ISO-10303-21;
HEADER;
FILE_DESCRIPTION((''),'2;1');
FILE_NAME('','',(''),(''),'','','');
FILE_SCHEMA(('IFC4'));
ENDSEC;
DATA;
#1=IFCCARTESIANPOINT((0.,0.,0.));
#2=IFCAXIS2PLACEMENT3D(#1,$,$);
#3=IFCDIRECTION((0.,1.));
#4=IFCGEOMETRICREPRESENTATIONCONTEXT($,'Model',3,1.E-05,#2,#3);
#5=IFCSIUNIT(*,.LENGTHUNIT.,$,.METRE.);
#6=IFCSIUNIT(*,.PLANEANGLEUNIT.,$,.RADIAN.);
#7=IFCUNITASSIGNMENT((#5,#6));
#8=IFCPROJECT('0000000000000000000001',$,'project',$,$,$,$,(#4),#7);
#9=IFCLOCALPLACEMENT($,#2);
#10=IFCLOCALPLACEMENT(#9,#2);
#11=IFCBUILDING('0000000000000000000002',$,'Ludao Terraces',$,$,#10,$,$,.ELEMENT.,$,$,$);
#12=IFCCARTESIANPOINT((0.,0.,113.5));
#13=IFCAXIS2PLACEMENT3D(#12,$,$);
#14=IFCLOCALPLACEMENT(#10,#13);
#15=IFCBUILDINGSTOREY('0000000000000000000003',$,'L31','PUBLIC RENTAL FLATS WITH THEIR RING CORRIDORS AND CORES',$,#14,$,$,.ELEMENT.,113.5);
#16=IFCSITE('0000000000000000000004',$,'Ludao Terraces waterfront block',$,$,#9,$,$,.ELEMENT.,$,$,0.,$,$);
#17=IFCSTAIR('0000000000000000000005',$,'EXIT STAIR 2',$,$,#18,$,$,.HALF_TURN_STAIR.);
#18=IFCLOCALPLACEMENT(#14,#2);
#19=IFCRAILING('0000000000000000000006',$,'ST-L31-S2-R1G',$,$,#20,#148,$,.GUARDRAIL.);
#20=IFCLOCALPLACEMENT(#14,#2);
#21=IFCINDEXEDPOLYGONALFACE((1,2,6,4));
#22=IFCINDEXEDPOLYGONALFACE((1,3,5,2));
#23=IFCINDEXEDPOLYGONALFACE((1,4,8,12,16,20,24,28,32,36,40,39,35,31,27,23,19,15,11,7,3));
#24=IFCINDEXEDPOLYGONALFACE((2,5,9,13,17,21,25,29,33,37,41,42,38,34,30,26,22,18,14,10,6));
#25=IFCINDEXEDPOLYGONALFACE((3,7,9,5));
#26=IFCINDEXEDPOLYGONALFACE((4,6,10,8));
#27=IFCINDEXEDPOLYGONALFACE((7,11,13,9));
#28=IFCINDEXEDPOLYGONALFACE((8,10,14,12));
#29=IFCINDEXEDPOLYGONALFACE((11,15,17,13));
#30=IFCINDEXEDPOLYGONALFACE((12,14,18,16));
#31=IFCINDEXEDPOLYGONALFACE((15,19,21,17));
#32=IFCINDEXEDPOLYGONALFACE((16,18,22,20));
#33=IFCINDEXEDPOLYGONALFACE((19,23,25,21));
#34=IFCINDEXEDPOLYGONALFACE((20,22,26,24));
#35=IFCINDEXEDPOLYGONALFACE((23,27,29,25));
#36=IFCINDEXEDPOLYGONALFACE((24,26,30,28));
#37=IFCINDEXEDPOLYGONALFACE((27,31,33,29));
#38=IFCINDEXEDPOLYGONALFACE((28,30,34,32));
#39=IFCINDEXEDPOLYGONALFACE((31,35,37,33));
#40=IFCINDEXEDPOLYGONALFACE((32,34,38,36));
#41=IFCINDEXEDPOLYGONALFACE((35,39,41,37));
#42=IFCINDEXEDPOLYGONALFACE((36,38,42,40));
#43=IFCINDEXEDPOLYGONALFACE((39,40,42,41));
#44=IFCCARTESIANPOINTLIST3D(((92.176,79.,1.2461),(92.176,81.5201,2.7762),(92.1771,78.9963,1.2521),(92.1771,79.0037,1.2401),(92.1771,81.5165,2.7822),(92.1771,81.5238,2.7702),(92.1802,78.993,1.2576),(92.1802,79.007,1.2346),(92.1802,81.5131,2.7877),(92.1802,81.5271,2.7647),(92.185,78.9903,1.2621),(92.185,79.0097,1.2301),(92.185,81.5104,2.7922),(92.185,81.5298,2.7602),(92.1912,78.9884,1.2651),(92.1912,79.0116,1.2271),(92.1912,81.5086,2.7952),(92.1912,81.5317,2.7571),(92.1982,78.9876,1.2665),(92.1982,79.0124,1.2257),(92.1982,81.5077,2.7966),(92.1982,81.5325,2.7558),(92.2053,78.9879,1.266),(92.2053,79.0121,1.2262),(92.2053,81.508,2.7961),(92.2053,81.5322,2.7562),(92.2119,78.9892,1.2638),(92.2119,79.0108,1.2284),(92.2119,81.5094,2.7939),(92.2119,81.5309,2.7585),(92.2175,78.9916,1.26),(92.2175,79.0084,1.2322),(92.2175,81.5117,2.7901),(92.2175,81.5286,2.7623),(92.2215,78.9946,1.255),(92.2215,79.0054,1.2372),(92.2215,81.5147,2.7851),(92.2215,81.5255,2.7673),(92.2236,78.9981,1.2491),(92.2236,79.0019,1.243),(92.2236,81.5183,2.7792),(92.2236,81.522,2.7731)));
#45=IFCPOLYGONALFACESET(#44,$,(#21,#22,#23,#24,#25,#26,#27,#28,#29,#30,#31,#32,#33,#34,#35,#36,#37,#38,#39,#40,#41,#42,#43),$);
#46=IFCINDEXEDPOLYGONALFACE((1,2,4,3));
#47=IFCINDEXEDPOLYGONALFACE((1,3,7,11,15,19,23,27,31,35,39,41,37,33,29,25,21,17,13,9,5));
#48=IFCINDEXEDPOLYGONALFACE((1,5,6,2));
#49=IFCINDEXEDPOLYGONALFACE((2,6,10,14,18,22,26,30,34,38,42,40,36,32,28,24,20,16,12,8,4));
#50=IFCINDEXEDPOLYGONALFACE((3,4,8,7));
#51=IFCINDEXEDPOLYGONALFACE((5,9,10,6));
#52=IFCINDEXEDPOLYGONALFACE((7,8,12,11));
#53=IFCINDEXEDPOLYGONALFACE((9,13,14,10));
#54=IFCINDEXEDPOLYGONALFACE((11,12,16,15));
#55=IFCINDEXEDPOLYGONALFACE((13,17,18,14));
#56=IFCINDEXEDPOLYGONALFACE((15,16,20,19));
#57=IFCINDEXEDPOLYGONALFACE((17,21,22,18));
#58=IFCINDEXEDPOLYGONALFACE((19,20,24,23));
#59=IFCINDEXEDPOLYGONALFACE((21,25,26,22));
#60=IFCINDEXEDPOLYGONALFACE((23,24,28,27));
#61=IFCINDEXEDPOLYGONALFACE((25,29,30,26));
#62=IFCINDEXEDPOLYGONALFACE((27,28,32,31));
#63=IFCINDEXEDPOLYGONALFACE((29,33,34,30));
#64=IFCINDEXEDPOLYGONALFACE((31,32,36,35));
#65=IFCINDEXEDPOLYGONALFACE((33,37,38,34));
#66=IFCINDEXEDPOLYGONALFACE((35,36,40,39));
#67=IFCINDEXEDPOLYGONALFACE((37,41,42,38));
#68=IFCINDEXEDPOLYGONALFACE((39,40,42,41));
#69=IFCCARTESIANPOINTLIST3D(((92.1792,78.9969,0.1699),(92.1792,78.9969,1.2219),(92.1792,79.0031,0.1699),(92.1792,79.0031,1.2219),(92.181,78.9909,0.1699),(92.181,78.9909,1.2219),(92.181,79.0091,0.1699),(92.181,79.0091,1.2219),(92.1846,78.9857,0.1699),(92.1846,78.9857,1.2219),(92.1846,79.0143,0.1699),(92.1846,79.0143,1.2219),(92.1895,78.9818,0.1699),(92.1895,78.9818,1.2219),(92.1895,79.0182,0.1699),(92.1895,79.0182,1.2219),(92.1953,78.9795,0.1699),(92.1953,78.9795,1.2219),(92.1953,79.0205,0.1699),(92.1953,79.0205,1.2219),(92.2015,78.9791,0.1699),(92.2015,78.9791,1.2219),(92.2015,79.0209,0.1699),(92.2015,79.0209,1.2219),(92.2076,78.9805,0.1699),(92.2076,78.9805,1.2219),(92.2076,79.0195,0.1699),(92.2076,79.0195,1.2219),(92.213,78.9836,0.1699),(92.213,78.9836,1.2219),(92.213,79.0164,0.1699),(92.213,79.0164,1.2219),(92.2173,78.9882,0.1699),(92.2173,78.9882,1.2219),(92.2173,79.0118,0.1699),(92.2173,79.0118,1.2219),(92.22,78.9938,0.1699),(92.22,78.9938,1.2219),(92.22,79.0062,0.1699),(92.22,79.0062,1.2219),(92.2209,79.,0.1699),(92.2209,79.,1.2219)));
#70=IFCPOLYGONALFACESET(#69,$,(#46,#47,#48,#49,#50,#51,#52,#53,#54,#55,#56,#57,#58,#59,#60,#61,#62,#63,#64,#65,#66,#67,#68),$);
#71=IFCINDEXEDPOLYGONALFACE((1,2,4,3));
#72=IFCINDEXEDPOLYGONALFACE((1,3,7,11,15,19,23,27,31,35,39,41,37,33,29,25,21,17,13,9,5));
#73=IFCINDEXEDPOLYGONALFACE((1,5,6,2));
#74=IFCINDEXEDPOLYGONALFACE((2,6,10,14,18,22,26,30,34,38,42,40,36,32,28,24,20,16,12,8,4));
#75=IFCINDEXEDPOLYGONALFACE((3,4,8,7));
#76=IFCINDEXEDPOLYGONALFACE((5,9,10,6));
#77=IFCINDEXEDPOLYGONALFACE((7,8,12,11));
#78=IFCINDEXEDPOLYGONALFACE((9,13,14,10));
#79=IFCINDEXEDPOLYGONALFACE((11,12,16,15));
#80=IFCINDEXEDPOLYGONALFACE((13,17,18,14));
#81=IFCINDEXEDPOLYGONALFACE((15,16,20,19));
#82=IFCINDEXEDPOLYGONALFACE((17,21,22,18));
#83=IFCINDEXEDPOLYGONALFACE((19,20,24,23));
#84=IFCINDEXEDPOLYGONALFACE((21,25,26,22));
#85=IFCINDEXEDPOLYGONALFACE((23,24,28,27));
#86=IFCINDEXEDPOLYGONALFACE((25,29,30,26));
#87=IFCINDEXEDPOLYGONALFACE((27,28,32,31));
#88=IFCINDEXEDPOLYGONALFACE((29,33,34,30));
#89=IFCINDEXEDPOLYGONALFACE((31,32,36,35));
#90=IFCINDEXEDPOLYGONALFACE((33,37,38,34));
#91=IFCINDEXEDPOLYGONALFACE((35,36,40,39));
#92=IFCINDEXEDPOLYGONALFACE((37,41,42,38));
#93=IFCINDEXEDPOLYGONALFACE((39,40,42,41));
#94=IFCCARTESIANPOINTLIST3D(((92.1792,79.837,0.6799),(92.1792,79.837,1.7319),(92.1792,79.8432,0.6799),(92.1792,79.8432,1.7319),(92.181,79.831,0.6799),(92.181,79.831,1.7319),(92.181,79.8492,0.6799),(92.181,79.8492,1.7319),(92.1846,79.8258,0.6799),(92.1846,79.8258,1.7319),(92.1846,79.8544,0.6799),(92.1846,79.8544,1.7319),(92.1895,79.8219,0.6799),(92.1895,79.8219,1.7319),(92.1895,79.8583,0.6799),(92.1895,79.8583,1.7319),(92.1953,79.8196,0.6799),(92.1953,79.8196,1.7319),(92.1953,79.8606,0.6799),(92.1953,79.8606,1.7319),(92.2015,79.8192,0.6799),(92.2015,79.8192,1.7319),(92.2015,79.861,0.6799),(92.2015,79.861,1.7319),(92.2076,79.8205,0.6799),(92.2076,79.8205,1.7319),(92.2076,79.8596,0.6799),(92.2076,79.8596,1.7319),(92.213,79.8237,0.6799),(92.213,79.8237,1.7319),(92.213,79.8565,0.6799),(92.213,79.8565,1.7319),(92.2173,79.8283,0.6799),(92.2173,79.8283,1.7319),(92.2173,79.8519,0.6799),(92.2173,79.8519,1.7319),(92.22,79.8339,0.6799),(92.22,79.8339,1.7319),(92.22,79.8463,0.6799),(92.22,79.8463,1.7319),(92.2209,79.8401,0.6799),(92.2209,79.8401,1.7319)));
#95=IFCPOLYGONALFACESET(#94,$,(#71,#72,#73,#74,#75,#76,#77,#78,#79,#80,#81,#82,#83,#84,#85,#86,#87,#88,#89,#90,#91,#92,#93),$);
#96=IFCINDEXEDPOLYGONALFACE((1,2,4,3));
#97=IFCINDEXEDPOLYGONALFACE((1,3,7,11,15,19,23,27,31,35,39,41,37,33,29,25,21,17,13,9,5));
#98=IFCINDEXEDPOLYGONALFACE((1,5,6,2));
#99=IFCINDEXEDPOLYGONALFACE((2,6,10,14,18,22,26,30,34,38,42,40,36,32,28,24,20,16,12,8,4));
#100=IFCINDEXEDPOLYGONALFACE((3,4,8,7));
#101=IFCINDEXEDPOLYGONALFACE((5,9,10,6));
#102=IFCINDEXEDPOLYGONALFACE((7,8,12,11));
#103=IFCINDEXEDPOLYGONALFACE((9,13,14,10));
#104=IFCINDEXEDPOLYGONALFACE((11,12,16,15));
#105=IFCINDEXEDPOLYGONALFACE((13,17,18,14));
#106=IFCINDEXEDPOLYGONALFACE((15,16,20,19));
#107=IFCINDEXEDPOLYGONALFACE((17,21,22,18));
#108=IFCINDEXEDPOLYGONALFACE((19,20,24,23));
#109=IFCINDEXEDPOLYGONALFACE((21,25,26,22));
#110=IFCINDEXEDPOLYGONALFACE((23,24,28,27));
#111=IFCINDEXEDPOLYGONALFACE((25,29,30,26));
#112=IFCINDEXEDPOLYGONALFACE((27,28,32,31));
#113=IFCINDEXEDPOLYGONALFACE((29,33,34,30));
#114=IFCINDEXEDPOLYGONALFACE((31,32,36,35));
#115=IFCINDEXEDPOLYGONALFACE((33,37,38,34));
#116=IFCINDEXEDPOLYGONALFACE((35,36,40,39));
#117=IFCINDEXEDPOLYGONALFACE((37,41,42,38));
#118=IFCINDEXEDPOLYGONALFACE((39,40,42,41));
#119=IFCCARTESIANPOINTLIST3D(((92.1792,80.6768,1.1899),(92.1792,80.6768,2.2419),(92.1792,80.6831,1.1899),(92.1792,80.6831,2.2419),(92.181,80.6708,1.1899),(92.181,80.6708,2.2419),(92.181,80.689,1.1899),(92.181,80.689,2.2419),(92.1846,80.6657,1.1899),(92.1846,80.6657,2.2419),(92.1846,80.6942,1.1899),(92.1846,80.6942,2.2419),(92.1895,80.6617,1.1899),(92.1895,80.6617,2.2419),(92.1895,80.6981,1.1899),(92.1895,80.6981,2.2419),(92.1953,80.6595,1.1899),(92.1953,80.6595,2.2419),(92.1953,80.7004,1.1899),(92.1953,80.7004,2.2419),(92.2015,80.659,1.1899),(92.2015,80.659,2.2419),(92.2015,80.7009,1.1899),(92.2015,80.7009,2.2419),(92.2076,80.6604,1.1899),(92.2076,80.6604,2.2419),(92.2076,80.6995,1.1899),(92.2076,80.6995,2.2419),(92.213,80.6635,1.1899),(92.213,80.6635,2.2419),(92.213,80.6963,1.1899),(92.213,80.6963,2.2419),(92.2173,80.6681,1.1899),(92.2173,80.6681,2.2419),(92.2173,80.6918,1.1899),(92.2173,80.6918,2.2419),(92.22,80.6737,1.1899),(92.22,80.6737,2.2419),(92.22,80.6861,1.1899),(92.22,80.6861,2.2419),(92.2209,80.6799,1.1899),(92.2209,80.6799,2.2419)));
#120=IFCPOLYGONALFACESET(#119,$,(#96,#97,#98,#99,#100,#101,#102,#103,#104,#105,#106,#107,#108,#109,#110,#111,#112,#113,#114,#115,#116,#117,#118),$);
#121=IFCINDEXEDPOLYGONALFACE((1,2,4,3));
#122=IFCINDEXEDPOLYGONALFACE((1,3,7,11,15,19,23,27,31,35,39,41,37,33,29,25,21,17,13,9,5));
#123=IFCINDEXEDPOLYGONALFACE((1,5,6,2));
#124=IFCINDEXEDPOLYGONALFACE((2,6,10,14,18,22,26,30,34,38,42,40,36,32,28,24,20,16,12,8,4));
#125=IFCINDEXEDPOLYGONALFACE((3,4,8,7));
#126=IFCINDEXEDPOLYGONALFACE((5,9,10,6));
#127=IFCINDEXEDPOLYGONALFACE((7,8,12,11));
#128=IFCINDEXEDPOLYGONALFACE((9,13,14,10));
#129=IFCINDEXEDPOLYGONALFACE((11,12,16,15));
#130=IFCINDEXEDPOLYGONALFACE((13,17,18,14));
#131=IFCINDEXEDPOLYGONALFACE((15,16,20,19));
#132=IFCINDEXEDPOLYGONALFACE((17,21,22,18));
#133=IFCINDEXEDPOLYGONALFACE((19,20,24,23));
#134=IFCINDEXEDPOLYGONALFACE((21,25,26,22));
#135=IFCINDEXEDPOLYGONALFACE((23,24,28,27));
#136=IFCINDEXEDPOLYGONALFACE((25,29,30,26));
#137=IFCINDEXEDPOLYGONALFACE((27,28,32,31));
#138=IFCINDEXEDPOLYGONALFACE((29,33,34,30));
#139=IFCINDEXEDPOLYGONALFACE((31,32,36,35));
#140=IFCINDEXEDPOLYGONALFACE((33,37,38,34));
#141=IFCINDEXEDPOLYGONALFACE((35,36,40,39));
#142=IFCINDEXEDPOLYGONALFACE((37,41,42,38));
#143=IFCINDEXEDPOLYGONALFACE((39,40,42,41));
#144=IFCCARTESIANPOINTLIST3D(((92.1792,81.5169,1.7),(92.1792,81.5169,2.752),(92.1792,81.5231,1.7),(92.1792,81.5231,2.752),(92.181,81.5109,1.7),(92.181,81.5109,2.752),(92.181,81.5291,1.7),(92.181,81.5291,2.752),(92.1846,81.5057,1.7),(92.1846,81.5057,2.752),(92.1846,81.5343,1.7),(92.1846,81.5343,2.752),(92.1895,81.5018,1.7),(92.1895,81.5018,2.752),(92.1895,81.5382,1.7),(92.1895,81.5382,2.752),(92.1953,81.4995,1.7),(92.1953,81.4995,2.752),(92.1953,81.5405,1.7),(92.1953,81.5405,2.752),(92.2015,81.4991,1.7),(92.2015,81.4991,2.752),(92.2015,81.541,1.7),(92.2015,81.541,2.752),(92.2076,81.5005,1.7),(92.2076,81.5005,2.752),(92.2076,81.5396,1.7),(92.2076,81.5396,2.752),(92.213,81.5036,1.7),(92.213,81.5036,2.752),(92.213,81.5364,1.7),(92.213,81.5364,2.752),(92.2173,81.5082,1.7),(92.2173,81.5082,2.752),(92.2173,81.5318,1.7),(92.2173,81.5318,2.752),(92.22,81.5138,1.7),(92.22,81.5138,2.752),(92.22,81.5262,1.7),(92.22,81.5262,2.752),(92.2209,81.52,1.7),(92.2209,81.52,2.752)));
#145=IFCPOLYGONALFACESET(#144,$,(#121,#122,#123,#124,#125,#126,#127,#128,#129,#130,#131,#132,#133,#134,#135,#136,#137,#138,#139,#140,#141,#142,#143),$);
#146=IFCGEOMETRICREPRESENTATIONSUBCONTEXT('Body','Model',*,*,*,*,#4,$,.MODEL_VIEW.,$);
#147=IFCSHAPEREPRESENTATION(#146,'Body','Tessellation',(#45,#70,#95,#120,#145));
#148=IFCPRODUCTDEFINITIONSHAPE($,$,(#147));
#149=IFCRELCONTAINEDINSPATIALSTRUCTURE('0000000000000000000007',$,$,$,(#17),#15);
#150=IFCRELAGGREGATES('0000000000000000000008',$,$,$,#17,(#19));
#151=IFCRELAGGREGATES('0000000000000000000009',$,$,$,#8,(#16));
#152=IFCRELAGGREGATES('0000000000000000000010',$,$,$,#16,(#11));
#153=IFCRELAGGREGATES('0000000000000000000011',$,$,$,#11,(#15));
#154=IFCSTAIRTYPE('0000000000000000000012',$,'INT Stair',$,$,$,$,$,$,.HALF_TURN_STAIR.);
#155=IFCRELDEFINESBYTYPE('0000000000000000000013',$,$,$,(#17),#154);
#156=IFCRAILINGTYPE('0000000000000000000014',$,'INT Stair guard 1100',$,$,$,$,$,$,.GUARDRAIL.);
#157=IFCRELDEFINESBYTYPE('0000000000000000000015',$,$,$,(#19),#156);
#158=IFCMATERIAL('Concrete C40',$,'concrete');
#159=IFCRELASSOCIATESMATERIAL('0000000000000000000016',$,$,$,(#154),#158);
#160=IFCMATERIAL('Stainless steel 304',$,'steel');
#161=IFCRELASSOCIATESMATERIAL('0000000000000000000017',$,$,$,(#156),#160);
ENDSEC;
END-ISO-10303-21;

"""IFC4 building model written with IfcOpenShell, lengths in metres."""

from ifc_helpers import new_model, si_unit, direction, frame, origin, origin_2d, place, context, subcontext, project, spatial, circle, extrude, material, type_object, element, aggregate, save


model = new_model("IFC4")

# Units and contexts
model_context = context("Model", 3, precision=1e-05, world=origin(), true_north=direction((0.0, 1.0)))
body_context = subcontext(model_context, "Body", "Model", "MODEL_VIEW")
ifc_project = project(units=[si_unit("LENGTHUNIT", "METRE"), si_unit("PLANEANGLEUNIT", "RADIAN")], contexts=[model_context])

# Site, building, storey
site_placement = place(None, origin())
site = spatial("IfcSite", under=ifc_project, at=site_placement, Name="Ludao Terraces waterfront block", CompositionType="ELEMENT", RefElevation=0.0)
building_placement = place(site_placement, origin())
building = spatial("IfcBuilding", under=site, at=building_placement, Name="Ludao Terraces", CompositionType="ELEMENT")
storey_placement = place(building_placement, frame((0.0, 0.0, 113.5)))
storey = spatial("IfcBuildingStorey", under=building, at=storey_placement, Name="L31", Description="PUBLIC RENTAL FLATS WITH THEIR RING CORRIDORS AND CORES", CompositionType="ELEMENT", Elevation=113.5)

# Shared definitions
ifc_material_1 = material(Name="Concrete C40", Category="concrete")

# Stair, railing
stair_type = type_object("IfcStairType", Name="INT Stair", PredefinedType="HALF_TURN_STAIR", material=ifc_material_1)
stair_placement = place(storey_placement, origin())
stair = element("IfcStair", 1, at=stair_placement, inside=storey, type_object=stair_type, Name="EXIT STAIR 2", PredefinedType="HALF_TURN_STAIR")
ifc_material_2 = material(Name="Stainless steel 304", Category="steel")
railing_type_1 = type_object("IfcRailingType", Name="INT Stair guard 1100", PredefinedType="GUARDRAIL", material=ifc_material_2)
railing_1_placement = place(storey_placement, frame((92.2, 79.0, 0.1699)))
railing_1 = element("IfcRailing", 2, at=railing_1_placement, type_object=railing_type_1, Name="ST-L31-S2-R1G", PredefinedType="GUARDRAIL", context=body_context, shape_type="SweptSolid", body=[
    extrude(circle(Radius=0.0239, at=origin_2d()), frame((0.0, 0.0, 1.0762), z_axis=(0.0, 0.854785, 0.518982), x_axis=(-1.0, 0.0, 0.0)), (0.0, 0.0, 1.0), 2.9482),
    extrude(circle(Radius=0.021, at=origin_2d()), origin(), (0.0, 0.0, 1.0), 1.052),
    extrude(circle(Radius=0.021, at=origin_2d()), frame((0.0, 0.8401, 0.51)), (0.0, 0.0, 1.0), 1.052),
    extrude(circle(Radius=0.021, at=origin_2d()), frame((0.0, 1.6799, 1.02)), (0.0, 0.0, 1.0), 1.052),
    extrude(circle(Radius=0.021, at=origin_2d()), frame((0.0, 2.52, 1.53)), (0.0, 0.0, 1.0), 1.052),
])
aggregate(stair, [railing_1])

save(model, "model.ifc")
